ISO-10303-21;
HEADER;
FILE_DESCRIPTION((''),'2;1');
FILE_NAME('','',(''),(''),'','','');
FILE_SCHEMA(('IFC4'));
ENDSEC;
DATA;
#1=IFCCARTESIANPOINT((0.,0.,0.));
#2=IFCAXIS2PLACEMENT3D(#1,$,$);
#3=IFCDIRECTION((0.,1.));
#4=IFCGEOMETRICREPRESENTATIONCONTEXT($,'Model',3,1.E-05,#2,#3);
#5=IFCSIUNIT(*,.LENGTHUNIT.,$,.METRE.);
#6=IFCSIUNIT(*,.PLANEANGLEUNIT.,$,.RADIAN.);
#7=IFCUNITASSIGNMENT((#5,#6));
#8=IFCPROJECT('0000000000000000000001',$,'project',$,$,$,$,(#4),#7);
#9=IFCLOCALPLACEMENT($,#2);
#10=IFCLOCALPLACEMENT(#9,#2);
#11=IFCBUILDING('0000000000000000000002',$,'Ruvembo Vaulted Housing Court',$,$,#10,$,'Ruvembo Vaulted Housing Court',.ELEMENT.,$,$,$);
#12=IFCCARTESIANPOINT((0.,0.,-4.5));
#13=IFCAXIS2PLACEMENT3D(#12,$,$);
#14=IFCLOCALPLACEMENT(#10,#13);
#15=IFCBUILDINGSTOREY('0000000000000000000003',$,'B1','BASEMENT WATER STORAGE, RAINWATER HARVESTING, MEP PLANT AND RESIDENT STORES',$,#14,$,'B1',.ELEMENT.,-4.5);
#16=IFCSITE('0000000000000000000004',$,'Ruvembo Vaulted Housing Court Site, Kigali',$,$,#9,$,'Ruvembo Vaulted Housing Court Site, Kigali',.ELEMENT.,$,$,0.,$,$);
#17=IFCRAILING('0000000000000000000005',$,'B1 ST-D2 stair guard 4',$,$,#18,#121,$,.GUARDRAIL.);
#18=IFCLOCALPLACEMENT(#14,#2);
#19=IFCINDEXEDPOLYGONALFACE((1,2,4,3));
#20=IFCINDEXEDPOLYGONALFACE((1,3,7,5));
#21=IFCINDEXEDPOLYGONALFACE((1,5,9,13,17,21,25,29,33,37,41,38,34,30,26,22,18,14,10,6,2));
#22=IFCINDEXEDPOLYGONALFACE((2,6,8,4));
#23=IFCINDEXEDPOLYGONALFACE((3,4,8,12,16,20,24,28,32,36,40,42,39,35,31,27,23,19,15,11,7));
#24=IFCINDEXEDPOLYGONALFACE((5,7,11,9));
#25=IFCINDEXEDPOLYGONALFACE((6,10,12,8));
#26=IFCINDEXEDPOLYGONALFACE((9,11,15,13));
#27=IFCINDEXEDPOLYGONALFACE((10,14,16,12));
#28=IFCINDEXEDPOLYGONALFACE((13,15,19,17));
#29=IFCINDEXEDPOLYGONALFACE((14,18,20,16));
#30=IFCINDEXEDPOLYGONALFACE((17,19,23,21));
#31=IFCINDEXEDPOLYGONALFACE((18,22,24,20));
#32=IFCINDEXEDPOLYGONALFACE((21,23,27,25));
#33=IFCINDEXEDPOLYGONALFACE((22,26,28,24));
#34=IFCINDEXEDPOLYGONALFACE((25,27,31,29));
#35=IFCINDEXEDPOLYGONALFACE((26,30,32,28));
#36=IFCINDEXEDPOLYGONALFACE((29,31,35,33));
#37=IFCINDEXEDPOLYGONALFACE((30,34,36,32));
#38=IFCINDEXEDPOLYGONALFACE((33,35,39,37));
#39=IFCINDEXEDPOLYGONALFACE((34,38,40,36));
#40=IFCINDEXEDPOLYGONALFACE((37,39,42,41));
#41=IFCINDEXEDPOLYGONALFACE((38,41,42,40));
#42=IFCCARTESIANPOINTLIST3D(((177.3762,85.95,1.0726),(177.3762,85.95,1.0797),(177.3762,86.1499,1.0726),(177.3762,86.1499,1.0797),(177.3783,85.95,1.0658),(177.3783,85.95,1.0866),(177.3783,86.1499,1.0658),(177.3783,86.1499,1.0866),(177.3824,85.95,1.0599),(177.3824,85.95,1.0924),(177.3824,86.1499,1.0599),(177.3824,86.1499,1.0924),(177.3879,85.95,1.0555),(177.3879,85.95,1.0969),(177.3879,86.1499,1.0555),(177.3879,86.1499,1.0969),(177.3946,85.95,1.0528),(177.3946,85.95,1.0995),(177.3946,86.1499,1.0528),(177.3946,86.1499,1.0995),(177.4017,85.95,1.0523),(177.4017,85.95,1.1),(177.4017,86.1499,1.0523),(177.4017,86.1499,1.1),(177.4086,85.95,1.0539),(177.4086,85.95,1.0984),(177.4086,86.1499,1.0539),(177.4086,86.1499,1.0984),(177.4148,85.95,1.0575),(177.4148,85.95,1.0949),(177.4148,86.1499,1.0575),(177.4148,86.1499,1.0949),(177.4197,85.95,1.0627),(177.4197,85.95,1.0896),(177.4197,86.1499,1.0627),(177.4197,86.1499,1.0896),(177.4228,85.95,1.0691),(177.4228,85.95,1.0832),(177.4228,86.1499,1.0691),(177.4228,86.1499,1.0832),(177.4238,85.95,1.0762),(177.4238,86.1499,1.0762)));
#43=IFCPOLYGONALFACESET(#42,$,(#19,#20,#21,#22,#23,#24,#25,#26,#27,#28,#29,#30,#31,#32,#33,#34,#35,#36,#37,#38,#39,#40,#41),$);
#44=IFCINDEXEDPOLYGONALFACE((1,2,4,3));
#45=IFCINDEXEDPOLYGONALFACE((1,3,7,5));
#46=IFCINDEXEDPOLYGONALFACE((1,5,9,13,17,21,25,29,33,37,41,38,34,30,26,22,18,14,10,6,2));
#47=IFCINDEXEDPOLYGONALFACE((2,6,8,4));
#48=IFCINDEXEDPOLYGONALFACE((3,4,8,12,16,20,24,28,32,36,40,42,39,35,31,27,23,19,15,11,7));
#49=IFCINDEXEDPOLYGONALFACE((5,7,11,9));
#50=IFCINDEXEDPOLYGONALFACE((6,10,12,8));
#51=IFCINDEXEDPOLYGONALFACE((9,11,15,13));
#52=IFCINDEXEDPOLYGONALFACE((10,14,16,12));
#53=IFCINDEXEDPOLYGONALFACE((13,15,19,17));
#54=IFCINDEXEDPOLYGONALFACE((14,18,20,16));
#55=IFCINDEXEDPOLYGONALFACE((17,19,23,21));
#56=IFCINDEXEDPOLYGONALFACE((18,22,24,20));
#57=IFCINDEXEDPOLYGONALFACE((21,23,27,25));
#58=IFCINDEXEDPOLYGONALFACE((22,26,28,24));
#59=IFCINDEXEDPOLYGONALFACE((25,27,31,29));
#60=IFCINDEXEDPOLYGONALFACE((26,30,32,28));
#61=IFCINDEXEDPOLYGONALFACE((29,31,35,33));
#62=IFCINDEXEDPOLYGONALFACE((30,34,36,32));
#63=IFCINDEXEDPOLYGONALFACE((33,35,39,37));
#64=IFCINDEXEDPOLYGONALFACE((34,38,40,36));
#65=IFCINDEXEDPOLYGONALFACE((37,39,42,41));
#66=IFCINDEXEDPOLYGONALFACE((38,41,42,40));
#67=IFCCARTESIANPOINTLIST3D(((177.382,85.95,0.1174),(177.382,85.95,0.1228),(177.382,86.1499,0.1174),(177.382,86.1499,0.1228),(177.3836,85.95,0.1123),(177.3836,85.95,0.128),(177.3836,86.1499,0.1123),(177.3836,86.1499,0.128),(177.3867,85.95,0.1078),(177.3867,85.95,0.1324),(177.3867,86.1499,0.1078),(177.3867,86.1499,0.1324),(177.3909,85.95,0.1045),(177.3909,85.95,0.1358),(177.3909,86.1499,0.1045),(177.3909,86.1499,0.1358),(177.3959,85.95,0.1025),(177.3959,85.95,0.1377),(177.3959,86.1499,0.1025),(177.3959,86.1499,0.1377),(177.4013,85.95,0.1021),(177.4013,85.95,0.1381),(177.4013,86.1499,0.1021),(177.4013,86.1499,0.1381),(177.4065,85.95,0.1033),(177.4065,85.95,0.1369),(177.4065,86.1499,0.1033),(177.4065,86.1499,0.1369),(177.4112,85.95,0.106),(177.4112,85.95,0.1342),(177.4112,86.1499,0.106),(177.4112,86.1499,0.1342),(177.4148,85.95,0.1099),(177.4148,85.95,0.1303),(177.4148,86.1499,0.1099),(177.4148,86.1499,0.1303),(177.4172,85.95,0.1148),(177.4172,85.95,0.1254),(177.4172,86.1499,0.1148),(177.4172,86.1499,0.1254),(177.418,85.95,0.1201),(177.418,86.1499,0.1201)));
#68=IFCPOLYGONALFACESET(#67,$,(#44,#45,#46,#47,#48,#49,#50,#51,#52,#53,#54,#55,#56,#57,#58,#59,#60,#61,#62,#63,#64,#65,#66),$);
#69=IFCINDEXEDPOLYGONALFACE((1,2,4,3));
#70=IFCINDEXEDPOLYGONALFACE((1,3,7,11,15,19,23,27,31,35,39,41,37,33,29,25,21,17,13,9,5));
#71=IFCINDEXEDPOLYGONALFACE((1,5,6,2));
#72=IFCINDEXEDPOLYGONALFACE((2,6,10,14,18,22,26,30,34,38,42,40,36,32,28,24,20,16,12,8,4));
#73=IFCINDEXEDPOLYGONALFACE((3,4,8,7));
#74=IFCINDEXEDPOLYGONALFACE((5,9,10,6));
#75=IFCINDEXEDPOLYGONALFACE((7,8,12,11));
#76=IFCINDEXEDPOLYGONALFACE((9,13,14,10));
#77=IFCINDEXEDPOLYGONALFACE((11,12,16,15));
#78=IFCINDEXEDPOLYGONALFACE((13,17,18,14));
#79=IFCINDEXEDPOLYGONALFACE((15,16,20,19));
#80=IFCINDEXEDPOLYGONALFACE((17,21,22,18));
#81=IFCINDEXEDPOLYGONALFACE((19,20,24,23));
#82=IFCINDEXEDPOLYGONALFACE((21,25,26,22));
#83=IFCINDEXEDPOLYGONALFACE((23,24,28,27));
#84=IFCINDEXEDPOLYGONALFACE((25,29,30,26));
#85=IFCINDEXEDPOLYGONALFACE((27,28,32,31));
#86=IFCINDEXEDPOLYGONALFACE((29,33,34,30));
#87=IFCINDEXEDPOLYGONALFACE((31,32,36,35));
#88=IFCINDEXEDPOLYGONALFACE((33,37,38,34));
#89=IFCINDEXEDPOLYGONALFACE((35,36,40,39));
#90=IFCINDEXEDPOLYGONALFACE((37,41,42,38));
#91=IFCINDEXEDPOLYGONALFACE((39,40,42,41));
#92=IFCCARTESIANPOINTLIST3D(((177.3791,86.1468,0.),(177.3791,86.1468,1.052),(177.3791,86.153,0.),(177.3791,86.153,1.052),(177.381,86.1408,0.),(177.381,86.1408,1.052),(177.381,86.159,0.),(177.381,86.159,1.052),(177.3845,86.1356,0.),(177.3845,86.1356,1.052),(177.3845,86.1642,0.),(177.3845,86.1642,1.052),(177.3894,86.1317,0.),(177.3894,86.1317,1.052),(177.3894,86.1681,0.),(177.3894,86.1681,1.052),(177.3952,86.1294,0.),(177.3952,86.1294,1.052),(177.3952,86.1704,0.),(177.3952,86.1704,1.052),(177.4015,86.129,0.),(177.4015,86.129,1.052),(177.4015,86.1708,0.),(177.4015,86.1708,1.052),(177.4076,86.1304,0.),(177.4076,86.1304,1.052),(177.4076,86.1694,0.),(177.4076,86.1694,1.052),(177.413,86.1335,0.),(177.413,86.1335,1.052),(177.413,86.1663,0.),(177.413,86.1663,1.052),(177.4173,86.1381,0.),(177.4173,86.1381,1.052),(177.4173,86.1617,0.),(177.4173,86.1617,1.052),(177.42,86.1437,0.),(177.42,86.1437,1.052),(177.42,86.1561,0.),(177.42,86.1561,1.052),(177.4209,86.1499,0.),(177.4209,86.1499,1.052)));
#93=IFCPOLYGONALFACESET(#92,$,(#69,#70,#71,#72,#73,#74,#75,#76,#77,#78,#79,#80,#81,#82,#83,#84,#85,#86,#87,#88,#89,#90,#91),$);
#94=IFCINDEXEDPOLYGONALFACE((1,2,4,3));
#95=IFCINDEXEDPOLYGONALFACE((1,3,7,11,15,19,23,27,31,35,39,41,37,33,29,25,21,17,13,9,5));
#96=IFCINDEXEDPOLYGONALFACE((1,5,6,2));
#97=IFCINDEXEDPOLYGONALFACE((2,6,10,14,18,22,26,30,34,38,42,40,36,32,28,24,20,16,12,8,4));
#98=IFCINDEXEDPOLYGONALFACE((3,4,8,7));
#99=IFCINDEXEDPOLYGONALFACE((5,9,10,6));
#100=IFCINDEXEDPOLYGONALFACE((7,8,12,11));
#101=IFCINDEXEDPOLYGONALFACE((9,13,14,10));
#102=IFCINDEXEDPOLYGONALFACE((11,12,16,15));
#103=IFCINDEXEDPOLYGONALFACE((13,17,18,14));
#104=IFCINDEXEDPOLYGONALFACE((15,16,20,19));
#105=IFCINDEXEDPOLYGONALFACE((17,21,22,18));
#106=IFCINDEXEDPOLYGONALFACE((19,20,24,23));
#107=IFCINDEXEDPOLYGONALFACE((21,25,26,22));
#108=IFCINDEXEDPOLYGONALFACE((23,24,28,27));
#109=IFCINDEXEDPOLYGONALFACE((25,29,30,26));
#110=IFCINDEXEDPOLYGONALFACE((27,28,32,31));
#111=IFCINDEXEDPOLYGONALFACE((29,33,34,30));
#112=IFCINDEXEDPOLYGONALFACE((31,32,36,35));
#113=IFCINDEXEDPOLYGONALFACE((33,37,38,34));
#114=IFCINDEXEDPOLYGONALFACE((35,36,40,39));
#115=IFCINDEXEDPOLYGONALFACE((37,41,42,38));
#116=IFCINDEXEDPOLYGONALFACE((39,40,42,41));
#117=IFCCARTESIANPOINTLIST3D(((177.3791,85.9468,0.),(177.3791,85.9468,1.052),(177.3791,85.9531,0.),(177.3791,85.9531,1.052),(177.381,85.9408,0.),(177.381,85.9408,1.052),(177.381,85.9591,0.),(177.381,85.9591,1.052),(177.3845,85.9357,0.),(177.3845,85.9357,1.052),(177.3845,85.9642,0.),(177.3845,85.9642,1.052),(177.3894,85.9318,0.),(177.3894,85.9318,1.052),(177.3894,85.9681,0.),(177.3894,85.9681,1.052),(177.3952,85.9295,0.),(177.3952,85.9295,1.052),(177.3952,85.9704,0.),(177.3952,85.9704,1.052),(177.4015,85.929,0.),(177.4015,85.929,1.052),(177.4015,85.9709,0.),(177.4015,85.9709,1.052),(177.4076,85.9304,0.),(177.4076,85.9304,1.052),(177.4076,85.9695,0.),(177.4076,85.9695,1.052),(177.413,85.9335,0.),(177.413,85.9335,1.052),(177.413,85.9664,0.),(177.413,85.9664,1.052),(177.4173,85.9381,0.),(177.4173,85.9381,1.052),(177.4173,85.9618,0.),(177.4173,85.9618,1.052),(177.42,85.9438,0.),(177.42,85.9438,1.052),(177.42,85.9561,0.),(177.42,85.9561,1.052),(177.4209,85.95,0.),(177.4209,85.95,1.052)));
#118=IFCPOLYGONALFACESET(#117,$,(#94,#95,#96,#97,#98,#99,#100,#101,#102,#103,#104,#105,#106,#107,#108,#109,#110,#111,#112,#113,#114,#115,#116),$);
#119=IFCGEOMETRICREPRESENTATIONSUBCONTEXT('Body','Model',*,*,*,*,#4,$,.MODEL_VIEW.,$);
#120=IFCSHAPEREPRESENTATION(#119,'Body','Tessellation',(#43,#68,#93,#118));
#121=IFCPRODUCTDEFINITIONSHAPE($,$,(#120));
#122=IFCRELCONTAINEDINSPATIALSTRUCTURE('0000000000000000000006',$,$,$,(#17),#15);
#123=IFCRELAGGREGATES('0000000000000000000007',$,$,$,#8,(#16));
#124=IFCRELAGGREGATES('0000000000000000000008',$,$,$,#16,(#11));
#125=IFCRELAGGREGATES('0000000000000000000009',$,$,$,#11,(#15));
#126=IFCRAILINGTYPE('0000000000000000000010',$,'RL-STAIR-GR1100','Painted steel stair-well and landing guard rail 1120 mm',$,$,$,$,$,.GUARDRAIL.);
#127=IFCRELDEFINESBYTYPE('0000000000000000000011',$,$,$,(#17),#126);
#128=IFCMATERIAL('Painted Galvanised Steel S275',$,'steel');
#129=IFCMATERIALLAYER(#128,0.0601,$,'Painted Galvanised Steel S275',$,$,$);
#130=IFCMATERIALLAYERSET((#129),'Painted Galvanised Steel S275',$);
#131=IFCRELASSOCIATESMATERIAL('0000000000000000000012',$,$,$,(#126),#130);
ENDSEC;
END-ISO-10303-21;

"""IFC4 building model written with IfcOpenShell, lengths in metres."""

from ifc_helpers import new_model, si_unit, direction, frame, origin, origin_2d, place, context, subcontext, project, spatial, circle, extrude, material, layer, layer_set, type_object, element, save


model = new_model("IFC4")

# Units and contexts
model_context = context("Model", 3, precision=1e-05, world=origin(), true_north=direction((0.0, 1.0)))
body_context = subcontext(model_context, "Body", "Model", "MODEL_VIEW")
ifc_project = project(units=[si_unit("LENGTHUNIT", "METRE"), si_unit("PLANEANGLEUNIT", "RADIAN")], contexts=[model_context])

# Site, building, storey
site_placement = place(None, origin())
site = spatial("IfcSite", under=ifc_project, at=site_placement, Name="Ruvembo Vaulted Housing Court Site, Kigali", LongName="Ruvembo Vaulted Housing Court Site, Kigali", CompositionType="ELEMENT", RefElevation=0.0)
building_placement = place(site_placement, origin())
building = spatial("IfcBuilding", under=site, at=building_placement, Name="Ruvembo Vaulted Housing Court", LongName="Ruvembo Vaulted Housing Court", CompositionType="ELEMENT")
storey_placement = place(building_placement, frame((0.0, 0.0, -4.5)))
storey = spatial("IfcBuildingStorey", under=building, at=storey_placement, Name="B1", Description="BASEMENT WATER STORAGE, RAINWATER HARVESTING, MEP PLANT AND RESIDENT STORES", LongName="B1", CompositionType="ELEMENT", Elevation=-4.5)

# Railing
ifc_material_1 = material(Name="Painted Galvanised Steel S275", Category="steel")
ifc_layer_1 = layer(ifc_material_1, 0.0601, Name="Painted Galvanised Steel S275")
ifc_layer_set_1 = layer_set([ifc_layer_1], Name="Painted Galvanised Steel S275")
railing_type_1 = type_object("IfcRailingType", Name="RL-STAIR-GR1100", Description="Painted steel stair-well and landing guard rail 1120 mm", PredefinedType="GUARDRAIL", material=ifc_layer_set_1)
railing_1_placement = place(storey_placement, frame((177.3999, 86.1499, 0.0)))
element("IfcRailing", 1, at=railing_1_placement, inside=storey, type_object=railing_type_1, Name="B1 ST-D2 stair guard 4", PredefinedType="GUARDRAIL", context=body_context, shape_type="SweptSolid", body=[
    extrude(circle(Radius=0.0239, at=origin_2d()), frame((0.0, 0.0, 1.0762), z_axis=(0.0, -1.0, 0.0), x_axis=(1.0, 0.0, 0.0)), (0.0, 0.0, 1.0), 0.2),
    extrude(circle(Radius=0.0181, at=origin_2d()), frame((0.0, 0.0, 0.1201), z_axis=(0.0, -1.0, 0.0), x_axis=(1.0, 0.0, 0.0)), (0.0, 0.0, 1.0), 0.2),
    extrude(circle(Radius=0.021, at=origin_2d()), origin(), (0.0, 0.0, 1.0), 1.052),
    extrude(circle(Radius=0.021, at=origin_2d()), frame((0.0, -0.2, 0.0)), (0.0, 0.0, 1.0), 1.052),
])

save(model, "model.ifc")
